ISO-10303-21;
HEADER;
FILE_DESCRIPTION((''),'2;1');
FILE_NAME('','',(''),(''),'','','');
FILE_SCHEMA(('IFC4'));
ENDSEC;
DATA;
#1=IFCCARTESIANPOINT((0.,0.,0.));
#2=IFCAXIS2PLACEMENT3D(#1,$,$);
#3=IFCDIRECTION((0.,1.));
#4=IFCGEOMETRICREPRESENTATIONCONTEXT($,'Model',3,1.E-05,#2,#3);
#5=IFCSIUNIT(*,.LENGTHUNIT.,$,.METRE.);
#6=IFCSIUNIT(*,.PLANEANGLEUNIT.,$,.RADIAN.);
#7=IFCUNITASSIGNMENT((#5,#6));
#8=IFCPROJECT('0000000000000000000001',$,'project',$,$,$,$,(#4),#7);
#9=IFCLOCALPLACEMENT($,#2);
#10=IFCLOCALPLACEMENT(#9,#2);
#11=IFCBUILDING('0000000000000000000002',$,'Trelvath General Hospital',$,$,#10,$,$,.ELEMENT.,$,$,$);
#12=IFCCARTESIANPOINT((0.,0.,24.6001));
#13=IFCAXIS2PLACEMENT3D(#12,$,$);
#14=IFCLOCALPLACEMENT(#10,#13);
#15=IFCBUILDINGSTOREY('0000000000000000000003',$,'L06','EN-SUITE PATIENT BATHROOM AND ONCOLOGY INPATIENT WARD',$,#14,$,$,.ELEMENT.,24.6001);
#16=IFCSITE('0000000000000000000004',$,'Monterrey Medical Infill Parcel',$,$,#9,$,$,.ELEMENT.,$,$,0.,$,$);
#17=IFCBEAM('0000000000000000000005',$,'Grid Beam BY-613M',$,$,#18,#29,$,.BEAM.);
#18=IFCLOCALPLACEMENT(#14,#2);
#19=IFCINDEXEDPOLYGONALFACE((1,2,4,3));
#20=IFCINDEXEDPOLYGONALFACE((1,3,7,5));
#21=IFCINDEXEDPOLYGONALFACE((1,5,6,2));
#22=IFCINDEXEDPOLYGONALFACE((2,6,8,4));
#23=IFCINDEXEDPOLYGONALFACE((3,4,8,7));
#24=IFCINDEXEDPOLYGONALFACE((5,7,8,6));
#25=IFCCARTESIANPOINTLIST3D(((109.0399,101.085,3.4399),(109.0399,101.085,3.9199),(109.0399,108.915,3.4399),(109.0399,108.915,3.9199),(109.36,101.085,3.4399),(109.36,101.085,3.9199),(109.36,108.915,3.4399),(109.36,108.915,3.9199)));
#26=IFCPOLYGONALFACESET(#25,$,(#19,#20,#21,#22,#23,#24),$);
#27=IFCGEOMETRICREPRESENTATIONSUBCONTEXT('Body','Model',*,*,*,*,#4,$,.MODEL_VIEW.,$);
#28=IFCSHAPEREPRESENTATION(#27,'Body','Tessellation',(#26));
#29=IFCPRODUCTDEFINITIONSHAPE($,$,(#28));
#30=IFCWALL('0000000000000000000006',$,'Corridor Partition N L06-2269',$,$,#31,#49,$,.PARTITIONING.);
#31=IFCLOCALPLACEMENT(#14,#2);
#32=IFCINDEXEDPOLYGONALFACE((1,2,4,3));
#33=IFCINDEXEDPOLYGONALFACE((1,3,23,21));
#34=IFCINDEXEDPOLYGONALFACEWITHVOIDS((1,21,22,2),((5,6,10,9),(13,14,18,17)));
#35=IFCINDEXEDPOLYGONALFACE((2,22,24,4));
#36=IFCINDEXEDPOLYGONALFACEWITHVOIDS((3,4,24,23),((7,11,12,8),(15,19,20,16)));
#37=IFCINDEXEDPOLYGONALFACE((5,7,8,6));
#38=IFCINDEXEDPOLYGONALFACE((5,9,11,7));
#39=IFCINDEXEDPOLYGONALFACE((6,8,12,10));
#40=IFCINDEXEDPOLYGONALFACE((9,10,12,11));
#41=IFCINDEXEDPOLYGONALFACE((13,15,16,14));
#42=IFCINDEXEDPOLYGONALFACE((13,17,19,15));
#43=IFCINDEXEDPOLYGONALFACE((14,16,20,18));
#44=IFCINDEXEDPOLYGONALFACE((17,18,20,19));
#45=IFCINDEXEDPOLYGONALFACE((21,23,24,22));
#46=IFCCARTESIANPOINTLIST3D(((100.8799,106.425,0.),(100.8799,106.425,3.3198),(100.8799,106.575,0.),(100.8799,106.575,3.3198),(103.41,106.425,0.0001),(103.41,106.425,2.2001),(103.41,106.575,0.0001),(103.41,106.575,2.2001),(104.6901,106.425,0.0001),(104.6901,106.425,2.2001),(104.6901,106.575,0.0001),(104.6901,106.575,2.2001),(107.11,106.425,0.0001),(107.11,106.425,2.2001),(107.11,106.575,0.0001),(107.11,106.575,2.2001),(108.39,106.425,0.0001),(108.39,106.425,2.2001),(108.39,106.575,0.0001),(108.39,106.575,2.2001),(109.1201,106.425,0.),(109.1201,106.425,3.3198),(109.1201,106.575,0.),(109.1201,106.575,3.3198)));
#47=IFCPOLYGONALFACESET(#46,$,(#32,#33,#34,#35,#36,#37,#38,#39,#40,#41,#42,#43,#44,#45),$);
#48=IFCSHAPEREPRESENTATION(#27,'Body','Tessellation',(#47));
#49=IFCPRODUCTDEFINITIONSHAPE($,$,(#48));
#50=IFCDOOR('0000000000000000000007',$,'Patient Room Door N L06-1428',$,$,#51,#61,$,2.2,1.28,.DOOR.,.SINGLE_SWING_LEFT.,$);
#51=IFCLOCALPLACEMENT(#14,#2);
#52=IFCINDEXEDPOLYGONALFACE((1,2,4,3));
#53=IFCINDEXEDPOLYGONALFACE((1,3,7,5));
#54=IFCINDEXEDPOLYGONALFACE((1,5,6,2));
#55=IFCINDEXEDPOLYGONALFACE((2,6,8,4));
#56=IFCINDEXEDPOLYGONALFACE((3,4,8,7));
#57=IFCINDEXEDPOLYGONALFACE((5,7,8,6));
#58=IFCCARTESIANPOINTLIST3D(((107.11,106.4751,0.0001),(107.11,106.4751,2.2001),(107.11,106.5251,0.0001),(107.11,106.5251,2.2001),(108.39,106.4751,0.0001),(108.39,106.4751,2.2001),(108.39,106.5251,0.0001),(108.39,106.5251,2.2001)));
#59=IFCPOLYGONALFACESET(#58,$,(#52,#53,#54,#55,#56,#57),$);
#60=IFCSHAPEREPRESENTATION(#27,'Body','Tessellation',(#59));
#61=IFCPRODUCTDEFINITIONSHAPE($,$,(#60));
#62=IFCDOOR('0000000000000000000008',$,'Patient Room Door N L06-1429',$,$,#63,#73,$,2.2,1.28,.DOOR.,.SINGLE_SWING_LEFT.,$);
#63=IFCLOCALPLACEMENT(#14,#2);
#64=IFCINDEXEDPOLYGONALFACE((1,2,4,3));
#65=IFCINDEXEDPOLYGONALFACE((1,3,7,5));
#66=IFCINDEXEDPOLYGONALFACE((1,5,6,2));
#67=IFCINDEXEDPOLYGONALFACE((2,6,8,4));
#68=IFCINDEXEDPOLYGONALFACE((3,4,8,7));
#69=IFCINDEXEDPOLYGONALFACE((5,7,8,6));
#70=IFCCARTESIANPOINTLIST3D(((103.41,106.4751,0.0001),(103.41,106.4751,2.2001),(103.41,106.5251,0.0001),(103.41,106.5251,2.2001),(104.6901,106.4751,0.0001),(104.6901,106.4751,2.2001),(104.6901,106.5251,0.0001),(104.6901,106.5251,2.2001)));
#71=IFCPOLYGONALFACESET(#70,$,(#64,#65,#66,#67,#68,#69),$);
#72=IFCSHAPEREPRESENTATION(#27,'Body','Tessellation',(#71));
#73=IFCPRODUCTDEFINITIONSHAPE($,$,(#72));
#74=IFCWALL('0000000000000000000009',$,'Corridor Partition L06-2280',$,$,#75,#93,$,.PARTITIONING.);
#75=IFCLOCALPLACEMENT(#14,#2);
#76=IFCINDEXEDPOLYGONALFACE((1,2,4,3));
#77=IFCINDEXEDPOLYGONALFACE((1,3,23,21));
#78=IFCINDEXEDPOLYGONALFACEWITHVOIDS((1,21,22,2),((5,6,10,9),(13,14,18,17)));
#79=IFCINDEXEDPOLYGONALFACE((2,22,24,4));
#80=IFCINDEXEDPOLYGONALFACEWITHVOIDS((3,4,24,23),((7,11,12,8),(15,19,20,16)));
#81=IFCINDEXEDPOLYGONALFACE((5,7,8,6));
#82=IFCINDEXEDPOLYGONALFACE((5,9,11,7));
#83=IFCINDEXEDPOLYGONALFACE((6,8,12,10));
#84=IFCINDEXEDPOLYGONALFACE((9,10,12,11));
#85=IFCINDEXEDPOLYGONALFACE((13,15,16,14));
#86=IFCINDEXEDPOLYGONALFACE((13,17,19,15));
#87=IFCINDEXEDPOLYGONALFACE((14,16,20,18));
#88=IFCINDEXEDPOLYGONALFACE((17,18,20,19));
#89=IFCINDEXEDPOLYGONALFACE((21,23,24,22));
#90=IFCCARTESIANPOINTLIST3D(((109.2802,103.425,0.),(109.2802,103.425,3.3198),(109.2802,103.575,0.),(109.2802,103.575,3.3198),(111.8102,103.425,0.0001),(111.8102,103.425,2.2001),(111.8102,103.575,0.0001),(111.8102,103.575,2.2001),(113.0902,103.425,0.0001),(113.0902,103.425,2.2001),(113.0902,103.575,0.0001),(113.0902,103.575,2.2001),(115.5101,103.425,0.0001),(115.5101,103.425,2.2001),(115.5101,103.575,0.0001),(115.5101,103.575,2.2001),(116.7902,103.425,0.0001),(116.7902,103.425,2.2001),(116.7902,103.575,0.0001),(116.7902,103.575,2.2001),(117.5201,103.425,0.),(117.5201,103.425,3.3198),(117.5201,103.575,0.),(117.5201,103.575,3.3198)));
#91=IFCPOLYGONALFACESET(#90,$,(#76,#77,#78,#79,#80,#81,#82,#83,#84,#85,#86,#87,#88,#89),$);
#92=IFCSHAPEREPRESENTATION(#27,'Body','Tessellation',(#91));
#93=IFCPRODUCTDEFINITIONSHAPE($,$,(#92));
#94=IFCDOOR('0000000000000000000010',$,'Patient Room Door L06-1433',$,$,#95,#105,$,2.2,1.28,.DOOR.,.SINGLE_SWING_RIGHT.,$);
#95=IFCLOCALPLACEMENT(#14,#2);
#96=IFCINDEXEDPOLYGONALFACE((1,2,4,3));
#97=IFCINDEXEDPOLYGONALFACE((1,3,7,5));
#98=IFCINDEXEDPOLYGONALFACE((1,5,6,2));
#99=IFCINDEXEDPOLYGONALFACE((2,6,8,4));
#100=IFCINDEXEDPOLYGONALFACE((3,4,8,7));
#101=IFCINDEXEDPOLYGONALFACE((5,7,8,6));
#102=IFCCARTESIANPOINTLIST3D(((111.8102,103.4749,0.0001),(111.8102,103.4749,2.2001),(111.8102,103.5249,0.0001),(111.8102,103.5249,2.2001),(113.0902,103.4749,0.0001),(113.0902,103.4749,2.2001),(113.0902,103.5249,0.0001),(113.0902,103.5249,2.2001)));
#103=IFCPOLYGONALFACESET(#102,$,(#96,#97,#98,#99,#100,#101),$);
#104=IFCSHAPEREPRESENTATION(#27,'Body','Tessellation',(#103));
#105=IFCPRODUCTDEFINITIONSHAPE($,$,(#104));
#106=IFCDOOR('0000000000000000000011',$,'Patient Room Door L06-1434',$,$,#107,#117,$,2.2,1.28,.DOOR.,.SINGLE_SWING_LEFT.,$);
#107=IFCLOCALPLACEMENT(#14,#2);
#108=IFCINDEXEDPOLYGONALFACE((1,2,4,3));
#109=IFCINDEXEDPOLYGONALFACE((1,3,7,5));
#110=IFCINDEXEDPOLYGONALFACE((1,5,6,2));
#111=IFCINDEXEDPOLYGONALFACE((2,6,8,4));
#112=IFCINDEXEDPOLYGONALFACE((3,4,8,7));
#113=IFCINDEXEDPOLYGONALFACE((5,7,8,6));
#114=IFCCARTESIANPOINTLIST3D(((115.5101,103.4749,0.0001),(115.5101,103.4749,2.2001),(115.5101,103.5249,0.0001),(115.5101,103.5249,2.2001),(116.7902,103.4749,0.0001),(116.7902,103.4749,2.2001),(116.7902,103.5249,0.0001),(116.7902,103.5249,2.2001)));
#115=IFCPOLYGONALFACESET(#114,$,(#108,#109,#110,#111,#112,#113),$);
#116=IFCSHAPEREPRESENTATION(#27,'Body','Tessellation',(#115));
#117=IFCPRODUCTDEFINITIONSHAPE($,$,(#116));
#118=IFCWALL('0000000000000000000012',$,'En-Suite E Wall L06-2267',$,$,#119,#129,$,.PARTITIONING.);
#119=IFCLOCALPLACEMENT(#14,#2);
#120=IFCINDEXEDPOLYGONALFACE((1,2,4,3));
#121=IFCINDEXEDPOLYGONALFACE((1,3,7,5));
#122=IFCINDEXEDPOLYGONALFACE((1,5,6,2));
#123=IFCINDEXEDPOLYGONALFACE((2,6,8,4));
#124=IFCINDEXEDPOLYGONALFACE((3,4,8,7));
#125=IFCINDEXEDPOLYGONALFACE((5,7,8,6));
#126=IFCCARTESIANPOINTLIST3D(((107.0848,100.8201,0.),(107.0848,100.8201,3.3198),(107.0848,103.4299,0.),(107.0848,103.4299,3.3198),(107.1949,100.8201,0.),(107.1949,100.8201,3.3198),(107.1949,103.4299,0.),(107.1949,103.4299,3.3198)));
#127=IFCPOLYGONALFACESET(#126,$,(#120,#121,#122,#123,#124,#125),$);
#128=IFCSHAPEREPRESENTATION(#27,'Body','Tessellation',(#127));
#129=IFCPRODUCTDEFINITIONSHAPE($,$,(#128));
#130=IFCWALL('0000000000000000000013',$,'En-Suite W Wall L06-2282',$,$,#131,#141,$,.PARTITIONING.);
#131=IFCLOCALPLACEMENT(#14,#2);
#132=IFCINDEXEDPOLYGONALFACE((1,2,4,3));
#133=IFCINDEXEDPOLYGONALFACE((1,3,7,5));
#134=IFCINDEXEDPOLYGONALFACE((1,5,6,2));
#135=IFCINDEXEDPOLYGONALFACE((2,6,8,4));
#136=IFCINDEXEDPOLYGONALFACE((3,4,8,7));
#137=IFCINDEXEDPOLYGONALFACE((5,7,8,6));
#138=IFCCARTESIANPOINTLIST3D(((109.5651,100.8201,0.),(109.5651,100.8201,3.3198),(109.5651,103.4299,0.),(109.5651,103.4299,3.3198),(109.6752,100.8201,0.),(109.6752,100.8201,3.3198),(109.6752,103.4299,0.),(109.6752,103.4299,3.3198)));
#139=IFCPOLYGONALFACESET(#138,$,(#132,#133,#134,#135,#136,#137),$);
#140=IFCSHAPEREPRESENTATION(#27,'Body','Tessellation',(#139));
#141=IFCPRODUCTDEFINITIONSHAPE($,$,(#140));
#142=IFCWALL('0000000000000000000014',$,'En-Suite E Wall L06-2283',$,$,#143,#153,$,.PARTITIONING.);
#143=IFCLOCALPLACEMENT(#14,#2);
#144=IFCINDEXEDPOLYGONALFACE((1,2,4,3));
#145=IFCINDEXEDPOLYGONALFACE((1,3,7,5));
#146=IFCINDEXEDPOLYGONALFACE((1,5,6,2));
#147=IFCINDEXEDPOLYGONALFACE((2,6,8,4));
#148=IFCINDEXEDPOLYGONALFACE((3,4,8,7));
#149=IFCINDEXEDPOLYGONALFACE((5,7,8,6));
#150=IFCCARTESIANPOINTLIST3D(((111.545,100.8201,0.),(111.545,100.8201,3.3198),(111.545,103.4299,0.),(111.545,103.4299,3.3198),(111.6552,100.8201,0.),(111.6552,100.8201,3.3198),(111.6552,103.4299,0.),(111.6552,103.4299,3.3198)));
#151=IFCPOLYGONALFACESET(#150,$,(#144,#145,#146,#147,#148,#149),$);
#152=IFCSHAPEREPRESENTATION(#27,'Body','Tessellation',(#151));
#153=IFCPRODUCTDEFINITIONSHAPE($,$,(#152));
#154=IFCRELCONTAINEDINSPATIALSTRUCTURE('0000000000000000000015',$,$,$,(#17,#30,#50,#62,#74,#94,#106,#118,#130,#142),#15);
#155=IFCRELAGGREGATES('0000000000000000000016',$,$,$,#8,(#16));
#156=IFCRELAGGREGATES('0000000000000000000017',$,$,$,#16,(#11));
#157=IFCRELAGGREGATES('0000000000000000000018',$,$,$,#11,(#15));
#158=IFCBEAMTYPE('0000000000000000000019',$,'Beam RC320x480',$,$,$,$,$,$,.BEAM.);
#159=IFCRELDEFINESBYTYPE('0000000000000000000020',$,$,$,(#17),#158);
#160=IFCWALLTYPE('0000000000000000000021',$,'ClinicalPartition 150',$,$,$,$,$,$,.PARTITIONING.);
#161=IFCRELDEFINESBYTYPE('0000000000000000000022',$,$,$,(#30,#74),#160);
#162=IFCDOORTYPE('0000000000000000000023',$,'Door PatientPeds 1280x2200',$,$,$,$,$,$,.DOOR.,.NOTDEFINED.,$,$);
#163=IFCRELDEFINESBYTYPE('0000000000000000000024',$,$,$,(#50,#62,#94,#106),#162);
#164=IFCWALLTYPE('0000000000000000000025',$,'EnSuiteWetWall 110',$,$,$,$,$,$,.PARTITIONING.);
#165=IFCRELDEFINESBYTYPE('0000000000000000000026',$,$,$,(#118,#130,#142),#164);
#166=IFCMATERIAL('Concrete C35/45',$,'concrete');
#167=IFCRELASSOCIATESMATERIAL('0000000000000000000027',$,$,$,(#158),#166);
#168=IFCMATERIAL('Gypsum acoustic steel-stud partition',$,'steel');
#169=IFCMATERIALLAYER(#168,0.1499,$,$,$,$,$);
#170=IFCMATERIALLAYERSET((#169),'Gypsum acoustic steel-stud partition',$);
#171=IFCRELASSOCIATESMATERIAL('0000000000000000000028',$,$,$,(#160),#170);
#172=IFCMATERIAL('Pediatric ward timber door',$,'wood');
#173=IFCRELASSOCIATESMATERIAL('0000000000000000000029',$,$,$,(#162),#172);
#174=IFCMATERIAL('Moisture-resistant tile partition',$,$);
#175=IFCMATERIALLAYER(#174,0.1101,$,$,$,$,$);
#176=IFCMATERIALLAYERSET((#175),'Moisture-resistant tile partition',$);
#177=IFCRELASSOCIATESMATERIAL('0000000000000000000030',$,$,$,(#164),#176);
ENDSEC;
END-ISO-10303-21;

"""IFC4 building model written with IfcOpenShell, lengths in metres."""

from ifc_helpers import new_model, si_unit, direction, frame, frame_2d, origin, origin_2d, place, context, subcontext, project, spatial, rectangle, extrude, material, layer, layer_set, material_profile, profile_set, type_object, element, fill, save


model = new_model("IFC4")

# Units and contexts
model_context = context("Model", 3, precision=1e-05, world=origin(), true_north=direction((0.0, 1.0)))
body_context = subcontext(model_context, "Body", "Model", "MODEL_VIEW")
ifc_project = project(units=[si_unit("LENGTHUNIT", "METRE"), si_unit("PLANEANGLEUNIT", "RADIAN")], contexts=[model_context])

# Site, building, storey
site_placement = place(None, origin())
site = spatial("IfcSite", under=ifc_project, at=site_placement, Name="Monterrey Medical Infill Parcel", CompositionType="ELEMENT", RefElevation=0.0)
building_placement = place(site_placement, origin())
building = spatial("IfcBuilding", under=site, at=building_placement, Name="Trelvath General Hospital", CompositionType="ELEMENT")
storey_placement = place(building_placement, frame((0.0, 0.0, 24.6001)))
storey = spatial("IfcBuildingStorey", under=building, at=storey_placement, Name="L06", Description="EN-SUITE PATIENT BATHROOM AND ONCOLOGY INPATIENT WARD", CompositionType="ELEMENT", Elevation=24.6001)

# Beam
ifc_material_1 = material(Name="Concrete C35/45", Category="concrete")
ifc_material_profile = material_profile(ifc_material_1, rectangle(XDim=0.3201, YDim=0.48, at=origin_2d()), Name="RCB320x480")
ifc_profile_set = profile_set([ifc_material_profile], Name="Concrete C35/45")
beam_type = type_object("IfcBeamType", Name="Beam RC320x480", PredefinedType="BEAM", material=ifc_profile_set)
beam_placement = place(storey_placement, frame((109.2, 101.085, 3.6799), z_axis=(0.0, 1.0, 0.0), x_axis=(-1.0, 0.0, 0.0)))
element("IfcBeam", 1, at=beam_placement, inside=storey, type_object=beam_type, Name="Grid Beam BY-613M", PredefinedType="BEAM", context=body_context, shape_type="SweptSolid", body=[
    extrude(rectangle(XDim=0.3201, YDim=0.48, at=origin_2d()), origin(), (0.0, 0.0, 1.0), 7.8301),
])

# Walls, openings, doors
ifc_material_2 = material(Name="Gypsum acoustic steel-stud partition", Category="steel")
ifc_layer_1 = layer(ifc_material_2, 0.1499)
ifc_layer_set_1 = layer_set([ifc_layer_1], Name="Gypsum acoustic steel-stud partition")
wall_type_1 = type_object("IfcWallType", Name="ClinicalPartition 150", PredefinedType="PARTITIONING", material=ifc_layer_set_1)
wall_1_placement = place(storey_placement, frame((109.1201, 106.5, 0.0), z_axis=(0.0, 0.0, 1.0), x_axis=(-1.0, 0.0, 0.0)))
wall_1 = element("IfcWall", 2, at=wall_1_placement, inside=storey, type_object=wall_type_1, Name="Corridor Partition N L06-2269", PredefinedType="PARTITIONING", context=body_context, shape_type="SweptSolid", body=[
    extrude(rectangle(XDim=8.2402, YDim=0.1499, at=frame_2d((4.1201, 0.0))), origin(), (0.0, 0.0, 1.0), 3.3198),
])
opening_1_placement = place(wall_1_placement, frame((0.73, 0.0, 0.0)))
opening_1 = element("IfcOpeningElement", 3, at=opening_1_placement, cuts=wall_1, PredefinedType="OPENING", context=body_context, shape_type="SweptSolid", body=[
    extrude(rectangle(XDim=1.28, YDim=2.2, at=frame_2d((0.6401, 1.1001))), frame((0.0, 0.085, 0.0), z_axis=(0.0, -1.0, 0.0), x_axis=(1.0, 0.0, 0.0)), (0.0, 0.0, 1.0), 0.1699),
])
opening_2_placement = place(wall_1_placement, frame((4.4299, 0.0, 0.0)))
opening_2 = element("IfcOpeningElement", 4, at=opening_2_placement, cuts=wall_1, PredefinedType="OPENING", context=body_context, shape_type="SweptSolid", body=[
    extrude(rectangle(XDim=1.28, YDim=2.2, at=frame_2d((0.6401, 1.1001))), frame((0.0, 0.085, 0.0), z_axis=(0.0, -1.0, 0.0), x_axis=(1.0, 0.0, 0.0)), (0.0, 0.0, 1.0), 0.1699),
])
ifc_material_3 = material(Name="Pediatric ward timber door", Category="wood")
door_type_1 = type_object("IfcDoorType", Name="Door PatientPeds 1280x2200", OperationType="NOTDEFINED", PredefinedType="DOOR", material=ifc_material_3)
door_1_placement = place(opening_1_placement, origin())
door_1 = element("IfcDoor", 5, at=door_1_placement, inside=storey, type_object=door_type_1, Name="Patient Room Door N L06-1428", OperationType="SINGLE_SWING_LEFT", OverallHeight=2.2, OverallWidth=1.28, PredefinedType="DOOR", context=body_context, shape_type="SweptSolid", body=[
    extrude(rectangle(XDim=1.28, YDim=2.2, at=frame_2d((0.6401, 1.1001))), frame((0.0, 0.0249, 0.0), z_axis=(0.0, -1.0, 0.0), x_axis=(1.0, 0.0, 0.0)), (0.0, 0.0, 1.0), 0.05),
])
fill(opening_1, door_1)
door_2_placement = place(opening_2_placement, origin())
door_2 = element("IfcDoor", 6, at=door_2_placement, inside=storey, type_object=door_type_1, Name="Patient Room Door N L06-1429", OperationType="SINGLE_SWING_LEFT", OverallHeight=2.2, OverallWidth=1.28, PredefinedType="DOOR", context=body_context, shape_type="SweptSolid", body=[
    extrude(rectangle(XDim=1.28, YDim=2.2, at=frame_2d((0.6401, 1.1001))), frame((0.0, 0.0249, 0.0), z_axis=(0.0, -1.0, 0.0), x_axis=(1.0, 0.0, 0.0)), (0.0, 0.0, 1.0), 0.05),
])
fill(opening_2, door_2)
wall_2_placement = place(storey_placement, frame((109.28, 103.5, 0.0), z_axis=(0.0, 0.0, 1.0), x_axis=(1.0, 0.0, 0.0)))
wall_2 = element("IfcWall", 7, at=wall_2_placement, inside=storey, type_object=wall_type_1, Name="Corridor Partition L06-2280", PredefinedType="PARTITIONING", context=body_context, shape_type="SweptSolid", body=[
    extrude(rectangle(XDim=8.24, YDim=0.1499, at=frame_2d((4.1201, 0.0))), origin(), (0.0, 0.0, 1.0), 3.3198),
])
opening_3_placement = place(wall_2_placement, frame((2.53, 0.0, 0.0)))
opening_3 = element("IfcOpeningElement", 8, at=opening_3_placement, cuts=wall_2, PredefinedType="OPENING", context=body_context, shape_type="SweptSolid", body=[
    extrude(rectangle(XDim=1.28, YDim=2.2, at=frame_2d((0.6401, 1.1001))), frame((0.0, 0.085, 0.0), z_axis=(0.0, -1.0, 0.0), x_axis=(1.0, 0.0, 0.0)), (0.0, 0.0, 1.0), 0.1699),
])
opening_4_placement = place(wall_2_placement, frame((6.23, 0.0, 0.0)))
opening_4 = element("IfcOpeningElement", 9, at=opening_4_placement, cuts=wall_2, PredefinedType="OPENING", context=body_context, shape_type="SweptSolid", body=[
    extrude(rectangle(XDim=1.28, YDim=2.2, at=frame_2d((0.6401, 1.1001))), frame((0.0, 0.085, 0.0), z_axis=(0.0, -1.0, 0.0), x_axis=(1.0, 0.0, 0.0)), (0.0, 0.0, 1.0), 0.1699),
])
door_3_placement = place(opening_3_placement, origin())
door_3 = element("IfcDoor", 10, at=door_3_placement, inside=storey, type_object=door_type_1, Name="Patient Room Door L06-1433", OperationType="SINGLE_SWING_RIGHT", OverallHeight=2.2, OverallWidth=1.28, PredefinedType="DOOR", context=body_context, shape_type="SweptSolid", body=[
    extrude(rectangle(XDim=1.28, YDim=2.2, at=frame_2d((0.6401, 1.1001))), frame((0.0, 0.0249, 0.0), z_axis=(0.0, -1.0, 0.0), x_axis=(1.0, 0.0, 0.0)), (0.0, 0.0, 1.0), 0.05),
])
fill(opening_3, door_3)
door_4_placement = place(opening_4_placement, origin())
door_4 = element("IfcDoor", 11, at=door_4_placement, inside=storey, type_object=door_type_1, Name="Patient Room Door L06-1434", OperationType="SINGLE_SWING_LEFT", OverallHeight=2.2, OverallWidth=1.28, PredefinedType="DOOR", context=body_context, shape_type="SweptSolid", body=[
    extrude(rectangle(XDim=1.28, YDim=2.2, at=frame_2d((0.6401, 1.1001))), frame((0.0, 0.0249, 0.0), z_axis=(0.0, -1.0, 0.0), x_axis=(1.0, 0.0, 0.0)), (0.0, 0.0, 1.0), 0.05),
])
fill(opening_4, door_4)

# Walls
ifc_material_4 = material(Name="Moisture-resistant tile partition")
ifc_layer_2 = layer(ifc_material_4, 0.1101)
ifc_layer_set_2 = layer_set([ifc_layer_2], Name="Moisture-resistant tile partition")
wall_type_2 = type_object("IfcWallType", Name="EnSuiteWetWall 110", PredefinedType="PARTITIONING", material=ifc_layer_set_2)
for number, where, z_axis, x_axis, name in (
    (12, (107.1399, 100.8201, 0.0), (0.0, 0.0, 1.0), (0.0, 1.0, 0.0), "En-Suite E Wall L06-2267"),
    (13, (109.6201, 100.8201, 0.0), (0.0, 0.0, 1.0), (0.0, 1.0, 0.0), "En-Suite W Wall L06-2282"),
    (14, (111.6001, 100.8201, 0.0), (0.0, 0.0, 1.0), (0.0, 1.0, 0.0), "En-Suite E Wall L06-2283"),
):
    element("IfcWall", number, at=place(storey_placement, frame(where, z_axis=z_axis, x_axis=x_axis)), inside=storey, type_object=wall_type_2, Name=name, PredefinedType="PARTITIONING", context=body_context, shape_type="SweptSolid", body=[
        extrude(rectangle(XDim=2.6099, YDim=0.1101, at=frame_2d((1.3049, 0.0))), origin(), (0.0, 0.0, 1.0), 3.3198),
    ])

save(model, "model.ifc")
